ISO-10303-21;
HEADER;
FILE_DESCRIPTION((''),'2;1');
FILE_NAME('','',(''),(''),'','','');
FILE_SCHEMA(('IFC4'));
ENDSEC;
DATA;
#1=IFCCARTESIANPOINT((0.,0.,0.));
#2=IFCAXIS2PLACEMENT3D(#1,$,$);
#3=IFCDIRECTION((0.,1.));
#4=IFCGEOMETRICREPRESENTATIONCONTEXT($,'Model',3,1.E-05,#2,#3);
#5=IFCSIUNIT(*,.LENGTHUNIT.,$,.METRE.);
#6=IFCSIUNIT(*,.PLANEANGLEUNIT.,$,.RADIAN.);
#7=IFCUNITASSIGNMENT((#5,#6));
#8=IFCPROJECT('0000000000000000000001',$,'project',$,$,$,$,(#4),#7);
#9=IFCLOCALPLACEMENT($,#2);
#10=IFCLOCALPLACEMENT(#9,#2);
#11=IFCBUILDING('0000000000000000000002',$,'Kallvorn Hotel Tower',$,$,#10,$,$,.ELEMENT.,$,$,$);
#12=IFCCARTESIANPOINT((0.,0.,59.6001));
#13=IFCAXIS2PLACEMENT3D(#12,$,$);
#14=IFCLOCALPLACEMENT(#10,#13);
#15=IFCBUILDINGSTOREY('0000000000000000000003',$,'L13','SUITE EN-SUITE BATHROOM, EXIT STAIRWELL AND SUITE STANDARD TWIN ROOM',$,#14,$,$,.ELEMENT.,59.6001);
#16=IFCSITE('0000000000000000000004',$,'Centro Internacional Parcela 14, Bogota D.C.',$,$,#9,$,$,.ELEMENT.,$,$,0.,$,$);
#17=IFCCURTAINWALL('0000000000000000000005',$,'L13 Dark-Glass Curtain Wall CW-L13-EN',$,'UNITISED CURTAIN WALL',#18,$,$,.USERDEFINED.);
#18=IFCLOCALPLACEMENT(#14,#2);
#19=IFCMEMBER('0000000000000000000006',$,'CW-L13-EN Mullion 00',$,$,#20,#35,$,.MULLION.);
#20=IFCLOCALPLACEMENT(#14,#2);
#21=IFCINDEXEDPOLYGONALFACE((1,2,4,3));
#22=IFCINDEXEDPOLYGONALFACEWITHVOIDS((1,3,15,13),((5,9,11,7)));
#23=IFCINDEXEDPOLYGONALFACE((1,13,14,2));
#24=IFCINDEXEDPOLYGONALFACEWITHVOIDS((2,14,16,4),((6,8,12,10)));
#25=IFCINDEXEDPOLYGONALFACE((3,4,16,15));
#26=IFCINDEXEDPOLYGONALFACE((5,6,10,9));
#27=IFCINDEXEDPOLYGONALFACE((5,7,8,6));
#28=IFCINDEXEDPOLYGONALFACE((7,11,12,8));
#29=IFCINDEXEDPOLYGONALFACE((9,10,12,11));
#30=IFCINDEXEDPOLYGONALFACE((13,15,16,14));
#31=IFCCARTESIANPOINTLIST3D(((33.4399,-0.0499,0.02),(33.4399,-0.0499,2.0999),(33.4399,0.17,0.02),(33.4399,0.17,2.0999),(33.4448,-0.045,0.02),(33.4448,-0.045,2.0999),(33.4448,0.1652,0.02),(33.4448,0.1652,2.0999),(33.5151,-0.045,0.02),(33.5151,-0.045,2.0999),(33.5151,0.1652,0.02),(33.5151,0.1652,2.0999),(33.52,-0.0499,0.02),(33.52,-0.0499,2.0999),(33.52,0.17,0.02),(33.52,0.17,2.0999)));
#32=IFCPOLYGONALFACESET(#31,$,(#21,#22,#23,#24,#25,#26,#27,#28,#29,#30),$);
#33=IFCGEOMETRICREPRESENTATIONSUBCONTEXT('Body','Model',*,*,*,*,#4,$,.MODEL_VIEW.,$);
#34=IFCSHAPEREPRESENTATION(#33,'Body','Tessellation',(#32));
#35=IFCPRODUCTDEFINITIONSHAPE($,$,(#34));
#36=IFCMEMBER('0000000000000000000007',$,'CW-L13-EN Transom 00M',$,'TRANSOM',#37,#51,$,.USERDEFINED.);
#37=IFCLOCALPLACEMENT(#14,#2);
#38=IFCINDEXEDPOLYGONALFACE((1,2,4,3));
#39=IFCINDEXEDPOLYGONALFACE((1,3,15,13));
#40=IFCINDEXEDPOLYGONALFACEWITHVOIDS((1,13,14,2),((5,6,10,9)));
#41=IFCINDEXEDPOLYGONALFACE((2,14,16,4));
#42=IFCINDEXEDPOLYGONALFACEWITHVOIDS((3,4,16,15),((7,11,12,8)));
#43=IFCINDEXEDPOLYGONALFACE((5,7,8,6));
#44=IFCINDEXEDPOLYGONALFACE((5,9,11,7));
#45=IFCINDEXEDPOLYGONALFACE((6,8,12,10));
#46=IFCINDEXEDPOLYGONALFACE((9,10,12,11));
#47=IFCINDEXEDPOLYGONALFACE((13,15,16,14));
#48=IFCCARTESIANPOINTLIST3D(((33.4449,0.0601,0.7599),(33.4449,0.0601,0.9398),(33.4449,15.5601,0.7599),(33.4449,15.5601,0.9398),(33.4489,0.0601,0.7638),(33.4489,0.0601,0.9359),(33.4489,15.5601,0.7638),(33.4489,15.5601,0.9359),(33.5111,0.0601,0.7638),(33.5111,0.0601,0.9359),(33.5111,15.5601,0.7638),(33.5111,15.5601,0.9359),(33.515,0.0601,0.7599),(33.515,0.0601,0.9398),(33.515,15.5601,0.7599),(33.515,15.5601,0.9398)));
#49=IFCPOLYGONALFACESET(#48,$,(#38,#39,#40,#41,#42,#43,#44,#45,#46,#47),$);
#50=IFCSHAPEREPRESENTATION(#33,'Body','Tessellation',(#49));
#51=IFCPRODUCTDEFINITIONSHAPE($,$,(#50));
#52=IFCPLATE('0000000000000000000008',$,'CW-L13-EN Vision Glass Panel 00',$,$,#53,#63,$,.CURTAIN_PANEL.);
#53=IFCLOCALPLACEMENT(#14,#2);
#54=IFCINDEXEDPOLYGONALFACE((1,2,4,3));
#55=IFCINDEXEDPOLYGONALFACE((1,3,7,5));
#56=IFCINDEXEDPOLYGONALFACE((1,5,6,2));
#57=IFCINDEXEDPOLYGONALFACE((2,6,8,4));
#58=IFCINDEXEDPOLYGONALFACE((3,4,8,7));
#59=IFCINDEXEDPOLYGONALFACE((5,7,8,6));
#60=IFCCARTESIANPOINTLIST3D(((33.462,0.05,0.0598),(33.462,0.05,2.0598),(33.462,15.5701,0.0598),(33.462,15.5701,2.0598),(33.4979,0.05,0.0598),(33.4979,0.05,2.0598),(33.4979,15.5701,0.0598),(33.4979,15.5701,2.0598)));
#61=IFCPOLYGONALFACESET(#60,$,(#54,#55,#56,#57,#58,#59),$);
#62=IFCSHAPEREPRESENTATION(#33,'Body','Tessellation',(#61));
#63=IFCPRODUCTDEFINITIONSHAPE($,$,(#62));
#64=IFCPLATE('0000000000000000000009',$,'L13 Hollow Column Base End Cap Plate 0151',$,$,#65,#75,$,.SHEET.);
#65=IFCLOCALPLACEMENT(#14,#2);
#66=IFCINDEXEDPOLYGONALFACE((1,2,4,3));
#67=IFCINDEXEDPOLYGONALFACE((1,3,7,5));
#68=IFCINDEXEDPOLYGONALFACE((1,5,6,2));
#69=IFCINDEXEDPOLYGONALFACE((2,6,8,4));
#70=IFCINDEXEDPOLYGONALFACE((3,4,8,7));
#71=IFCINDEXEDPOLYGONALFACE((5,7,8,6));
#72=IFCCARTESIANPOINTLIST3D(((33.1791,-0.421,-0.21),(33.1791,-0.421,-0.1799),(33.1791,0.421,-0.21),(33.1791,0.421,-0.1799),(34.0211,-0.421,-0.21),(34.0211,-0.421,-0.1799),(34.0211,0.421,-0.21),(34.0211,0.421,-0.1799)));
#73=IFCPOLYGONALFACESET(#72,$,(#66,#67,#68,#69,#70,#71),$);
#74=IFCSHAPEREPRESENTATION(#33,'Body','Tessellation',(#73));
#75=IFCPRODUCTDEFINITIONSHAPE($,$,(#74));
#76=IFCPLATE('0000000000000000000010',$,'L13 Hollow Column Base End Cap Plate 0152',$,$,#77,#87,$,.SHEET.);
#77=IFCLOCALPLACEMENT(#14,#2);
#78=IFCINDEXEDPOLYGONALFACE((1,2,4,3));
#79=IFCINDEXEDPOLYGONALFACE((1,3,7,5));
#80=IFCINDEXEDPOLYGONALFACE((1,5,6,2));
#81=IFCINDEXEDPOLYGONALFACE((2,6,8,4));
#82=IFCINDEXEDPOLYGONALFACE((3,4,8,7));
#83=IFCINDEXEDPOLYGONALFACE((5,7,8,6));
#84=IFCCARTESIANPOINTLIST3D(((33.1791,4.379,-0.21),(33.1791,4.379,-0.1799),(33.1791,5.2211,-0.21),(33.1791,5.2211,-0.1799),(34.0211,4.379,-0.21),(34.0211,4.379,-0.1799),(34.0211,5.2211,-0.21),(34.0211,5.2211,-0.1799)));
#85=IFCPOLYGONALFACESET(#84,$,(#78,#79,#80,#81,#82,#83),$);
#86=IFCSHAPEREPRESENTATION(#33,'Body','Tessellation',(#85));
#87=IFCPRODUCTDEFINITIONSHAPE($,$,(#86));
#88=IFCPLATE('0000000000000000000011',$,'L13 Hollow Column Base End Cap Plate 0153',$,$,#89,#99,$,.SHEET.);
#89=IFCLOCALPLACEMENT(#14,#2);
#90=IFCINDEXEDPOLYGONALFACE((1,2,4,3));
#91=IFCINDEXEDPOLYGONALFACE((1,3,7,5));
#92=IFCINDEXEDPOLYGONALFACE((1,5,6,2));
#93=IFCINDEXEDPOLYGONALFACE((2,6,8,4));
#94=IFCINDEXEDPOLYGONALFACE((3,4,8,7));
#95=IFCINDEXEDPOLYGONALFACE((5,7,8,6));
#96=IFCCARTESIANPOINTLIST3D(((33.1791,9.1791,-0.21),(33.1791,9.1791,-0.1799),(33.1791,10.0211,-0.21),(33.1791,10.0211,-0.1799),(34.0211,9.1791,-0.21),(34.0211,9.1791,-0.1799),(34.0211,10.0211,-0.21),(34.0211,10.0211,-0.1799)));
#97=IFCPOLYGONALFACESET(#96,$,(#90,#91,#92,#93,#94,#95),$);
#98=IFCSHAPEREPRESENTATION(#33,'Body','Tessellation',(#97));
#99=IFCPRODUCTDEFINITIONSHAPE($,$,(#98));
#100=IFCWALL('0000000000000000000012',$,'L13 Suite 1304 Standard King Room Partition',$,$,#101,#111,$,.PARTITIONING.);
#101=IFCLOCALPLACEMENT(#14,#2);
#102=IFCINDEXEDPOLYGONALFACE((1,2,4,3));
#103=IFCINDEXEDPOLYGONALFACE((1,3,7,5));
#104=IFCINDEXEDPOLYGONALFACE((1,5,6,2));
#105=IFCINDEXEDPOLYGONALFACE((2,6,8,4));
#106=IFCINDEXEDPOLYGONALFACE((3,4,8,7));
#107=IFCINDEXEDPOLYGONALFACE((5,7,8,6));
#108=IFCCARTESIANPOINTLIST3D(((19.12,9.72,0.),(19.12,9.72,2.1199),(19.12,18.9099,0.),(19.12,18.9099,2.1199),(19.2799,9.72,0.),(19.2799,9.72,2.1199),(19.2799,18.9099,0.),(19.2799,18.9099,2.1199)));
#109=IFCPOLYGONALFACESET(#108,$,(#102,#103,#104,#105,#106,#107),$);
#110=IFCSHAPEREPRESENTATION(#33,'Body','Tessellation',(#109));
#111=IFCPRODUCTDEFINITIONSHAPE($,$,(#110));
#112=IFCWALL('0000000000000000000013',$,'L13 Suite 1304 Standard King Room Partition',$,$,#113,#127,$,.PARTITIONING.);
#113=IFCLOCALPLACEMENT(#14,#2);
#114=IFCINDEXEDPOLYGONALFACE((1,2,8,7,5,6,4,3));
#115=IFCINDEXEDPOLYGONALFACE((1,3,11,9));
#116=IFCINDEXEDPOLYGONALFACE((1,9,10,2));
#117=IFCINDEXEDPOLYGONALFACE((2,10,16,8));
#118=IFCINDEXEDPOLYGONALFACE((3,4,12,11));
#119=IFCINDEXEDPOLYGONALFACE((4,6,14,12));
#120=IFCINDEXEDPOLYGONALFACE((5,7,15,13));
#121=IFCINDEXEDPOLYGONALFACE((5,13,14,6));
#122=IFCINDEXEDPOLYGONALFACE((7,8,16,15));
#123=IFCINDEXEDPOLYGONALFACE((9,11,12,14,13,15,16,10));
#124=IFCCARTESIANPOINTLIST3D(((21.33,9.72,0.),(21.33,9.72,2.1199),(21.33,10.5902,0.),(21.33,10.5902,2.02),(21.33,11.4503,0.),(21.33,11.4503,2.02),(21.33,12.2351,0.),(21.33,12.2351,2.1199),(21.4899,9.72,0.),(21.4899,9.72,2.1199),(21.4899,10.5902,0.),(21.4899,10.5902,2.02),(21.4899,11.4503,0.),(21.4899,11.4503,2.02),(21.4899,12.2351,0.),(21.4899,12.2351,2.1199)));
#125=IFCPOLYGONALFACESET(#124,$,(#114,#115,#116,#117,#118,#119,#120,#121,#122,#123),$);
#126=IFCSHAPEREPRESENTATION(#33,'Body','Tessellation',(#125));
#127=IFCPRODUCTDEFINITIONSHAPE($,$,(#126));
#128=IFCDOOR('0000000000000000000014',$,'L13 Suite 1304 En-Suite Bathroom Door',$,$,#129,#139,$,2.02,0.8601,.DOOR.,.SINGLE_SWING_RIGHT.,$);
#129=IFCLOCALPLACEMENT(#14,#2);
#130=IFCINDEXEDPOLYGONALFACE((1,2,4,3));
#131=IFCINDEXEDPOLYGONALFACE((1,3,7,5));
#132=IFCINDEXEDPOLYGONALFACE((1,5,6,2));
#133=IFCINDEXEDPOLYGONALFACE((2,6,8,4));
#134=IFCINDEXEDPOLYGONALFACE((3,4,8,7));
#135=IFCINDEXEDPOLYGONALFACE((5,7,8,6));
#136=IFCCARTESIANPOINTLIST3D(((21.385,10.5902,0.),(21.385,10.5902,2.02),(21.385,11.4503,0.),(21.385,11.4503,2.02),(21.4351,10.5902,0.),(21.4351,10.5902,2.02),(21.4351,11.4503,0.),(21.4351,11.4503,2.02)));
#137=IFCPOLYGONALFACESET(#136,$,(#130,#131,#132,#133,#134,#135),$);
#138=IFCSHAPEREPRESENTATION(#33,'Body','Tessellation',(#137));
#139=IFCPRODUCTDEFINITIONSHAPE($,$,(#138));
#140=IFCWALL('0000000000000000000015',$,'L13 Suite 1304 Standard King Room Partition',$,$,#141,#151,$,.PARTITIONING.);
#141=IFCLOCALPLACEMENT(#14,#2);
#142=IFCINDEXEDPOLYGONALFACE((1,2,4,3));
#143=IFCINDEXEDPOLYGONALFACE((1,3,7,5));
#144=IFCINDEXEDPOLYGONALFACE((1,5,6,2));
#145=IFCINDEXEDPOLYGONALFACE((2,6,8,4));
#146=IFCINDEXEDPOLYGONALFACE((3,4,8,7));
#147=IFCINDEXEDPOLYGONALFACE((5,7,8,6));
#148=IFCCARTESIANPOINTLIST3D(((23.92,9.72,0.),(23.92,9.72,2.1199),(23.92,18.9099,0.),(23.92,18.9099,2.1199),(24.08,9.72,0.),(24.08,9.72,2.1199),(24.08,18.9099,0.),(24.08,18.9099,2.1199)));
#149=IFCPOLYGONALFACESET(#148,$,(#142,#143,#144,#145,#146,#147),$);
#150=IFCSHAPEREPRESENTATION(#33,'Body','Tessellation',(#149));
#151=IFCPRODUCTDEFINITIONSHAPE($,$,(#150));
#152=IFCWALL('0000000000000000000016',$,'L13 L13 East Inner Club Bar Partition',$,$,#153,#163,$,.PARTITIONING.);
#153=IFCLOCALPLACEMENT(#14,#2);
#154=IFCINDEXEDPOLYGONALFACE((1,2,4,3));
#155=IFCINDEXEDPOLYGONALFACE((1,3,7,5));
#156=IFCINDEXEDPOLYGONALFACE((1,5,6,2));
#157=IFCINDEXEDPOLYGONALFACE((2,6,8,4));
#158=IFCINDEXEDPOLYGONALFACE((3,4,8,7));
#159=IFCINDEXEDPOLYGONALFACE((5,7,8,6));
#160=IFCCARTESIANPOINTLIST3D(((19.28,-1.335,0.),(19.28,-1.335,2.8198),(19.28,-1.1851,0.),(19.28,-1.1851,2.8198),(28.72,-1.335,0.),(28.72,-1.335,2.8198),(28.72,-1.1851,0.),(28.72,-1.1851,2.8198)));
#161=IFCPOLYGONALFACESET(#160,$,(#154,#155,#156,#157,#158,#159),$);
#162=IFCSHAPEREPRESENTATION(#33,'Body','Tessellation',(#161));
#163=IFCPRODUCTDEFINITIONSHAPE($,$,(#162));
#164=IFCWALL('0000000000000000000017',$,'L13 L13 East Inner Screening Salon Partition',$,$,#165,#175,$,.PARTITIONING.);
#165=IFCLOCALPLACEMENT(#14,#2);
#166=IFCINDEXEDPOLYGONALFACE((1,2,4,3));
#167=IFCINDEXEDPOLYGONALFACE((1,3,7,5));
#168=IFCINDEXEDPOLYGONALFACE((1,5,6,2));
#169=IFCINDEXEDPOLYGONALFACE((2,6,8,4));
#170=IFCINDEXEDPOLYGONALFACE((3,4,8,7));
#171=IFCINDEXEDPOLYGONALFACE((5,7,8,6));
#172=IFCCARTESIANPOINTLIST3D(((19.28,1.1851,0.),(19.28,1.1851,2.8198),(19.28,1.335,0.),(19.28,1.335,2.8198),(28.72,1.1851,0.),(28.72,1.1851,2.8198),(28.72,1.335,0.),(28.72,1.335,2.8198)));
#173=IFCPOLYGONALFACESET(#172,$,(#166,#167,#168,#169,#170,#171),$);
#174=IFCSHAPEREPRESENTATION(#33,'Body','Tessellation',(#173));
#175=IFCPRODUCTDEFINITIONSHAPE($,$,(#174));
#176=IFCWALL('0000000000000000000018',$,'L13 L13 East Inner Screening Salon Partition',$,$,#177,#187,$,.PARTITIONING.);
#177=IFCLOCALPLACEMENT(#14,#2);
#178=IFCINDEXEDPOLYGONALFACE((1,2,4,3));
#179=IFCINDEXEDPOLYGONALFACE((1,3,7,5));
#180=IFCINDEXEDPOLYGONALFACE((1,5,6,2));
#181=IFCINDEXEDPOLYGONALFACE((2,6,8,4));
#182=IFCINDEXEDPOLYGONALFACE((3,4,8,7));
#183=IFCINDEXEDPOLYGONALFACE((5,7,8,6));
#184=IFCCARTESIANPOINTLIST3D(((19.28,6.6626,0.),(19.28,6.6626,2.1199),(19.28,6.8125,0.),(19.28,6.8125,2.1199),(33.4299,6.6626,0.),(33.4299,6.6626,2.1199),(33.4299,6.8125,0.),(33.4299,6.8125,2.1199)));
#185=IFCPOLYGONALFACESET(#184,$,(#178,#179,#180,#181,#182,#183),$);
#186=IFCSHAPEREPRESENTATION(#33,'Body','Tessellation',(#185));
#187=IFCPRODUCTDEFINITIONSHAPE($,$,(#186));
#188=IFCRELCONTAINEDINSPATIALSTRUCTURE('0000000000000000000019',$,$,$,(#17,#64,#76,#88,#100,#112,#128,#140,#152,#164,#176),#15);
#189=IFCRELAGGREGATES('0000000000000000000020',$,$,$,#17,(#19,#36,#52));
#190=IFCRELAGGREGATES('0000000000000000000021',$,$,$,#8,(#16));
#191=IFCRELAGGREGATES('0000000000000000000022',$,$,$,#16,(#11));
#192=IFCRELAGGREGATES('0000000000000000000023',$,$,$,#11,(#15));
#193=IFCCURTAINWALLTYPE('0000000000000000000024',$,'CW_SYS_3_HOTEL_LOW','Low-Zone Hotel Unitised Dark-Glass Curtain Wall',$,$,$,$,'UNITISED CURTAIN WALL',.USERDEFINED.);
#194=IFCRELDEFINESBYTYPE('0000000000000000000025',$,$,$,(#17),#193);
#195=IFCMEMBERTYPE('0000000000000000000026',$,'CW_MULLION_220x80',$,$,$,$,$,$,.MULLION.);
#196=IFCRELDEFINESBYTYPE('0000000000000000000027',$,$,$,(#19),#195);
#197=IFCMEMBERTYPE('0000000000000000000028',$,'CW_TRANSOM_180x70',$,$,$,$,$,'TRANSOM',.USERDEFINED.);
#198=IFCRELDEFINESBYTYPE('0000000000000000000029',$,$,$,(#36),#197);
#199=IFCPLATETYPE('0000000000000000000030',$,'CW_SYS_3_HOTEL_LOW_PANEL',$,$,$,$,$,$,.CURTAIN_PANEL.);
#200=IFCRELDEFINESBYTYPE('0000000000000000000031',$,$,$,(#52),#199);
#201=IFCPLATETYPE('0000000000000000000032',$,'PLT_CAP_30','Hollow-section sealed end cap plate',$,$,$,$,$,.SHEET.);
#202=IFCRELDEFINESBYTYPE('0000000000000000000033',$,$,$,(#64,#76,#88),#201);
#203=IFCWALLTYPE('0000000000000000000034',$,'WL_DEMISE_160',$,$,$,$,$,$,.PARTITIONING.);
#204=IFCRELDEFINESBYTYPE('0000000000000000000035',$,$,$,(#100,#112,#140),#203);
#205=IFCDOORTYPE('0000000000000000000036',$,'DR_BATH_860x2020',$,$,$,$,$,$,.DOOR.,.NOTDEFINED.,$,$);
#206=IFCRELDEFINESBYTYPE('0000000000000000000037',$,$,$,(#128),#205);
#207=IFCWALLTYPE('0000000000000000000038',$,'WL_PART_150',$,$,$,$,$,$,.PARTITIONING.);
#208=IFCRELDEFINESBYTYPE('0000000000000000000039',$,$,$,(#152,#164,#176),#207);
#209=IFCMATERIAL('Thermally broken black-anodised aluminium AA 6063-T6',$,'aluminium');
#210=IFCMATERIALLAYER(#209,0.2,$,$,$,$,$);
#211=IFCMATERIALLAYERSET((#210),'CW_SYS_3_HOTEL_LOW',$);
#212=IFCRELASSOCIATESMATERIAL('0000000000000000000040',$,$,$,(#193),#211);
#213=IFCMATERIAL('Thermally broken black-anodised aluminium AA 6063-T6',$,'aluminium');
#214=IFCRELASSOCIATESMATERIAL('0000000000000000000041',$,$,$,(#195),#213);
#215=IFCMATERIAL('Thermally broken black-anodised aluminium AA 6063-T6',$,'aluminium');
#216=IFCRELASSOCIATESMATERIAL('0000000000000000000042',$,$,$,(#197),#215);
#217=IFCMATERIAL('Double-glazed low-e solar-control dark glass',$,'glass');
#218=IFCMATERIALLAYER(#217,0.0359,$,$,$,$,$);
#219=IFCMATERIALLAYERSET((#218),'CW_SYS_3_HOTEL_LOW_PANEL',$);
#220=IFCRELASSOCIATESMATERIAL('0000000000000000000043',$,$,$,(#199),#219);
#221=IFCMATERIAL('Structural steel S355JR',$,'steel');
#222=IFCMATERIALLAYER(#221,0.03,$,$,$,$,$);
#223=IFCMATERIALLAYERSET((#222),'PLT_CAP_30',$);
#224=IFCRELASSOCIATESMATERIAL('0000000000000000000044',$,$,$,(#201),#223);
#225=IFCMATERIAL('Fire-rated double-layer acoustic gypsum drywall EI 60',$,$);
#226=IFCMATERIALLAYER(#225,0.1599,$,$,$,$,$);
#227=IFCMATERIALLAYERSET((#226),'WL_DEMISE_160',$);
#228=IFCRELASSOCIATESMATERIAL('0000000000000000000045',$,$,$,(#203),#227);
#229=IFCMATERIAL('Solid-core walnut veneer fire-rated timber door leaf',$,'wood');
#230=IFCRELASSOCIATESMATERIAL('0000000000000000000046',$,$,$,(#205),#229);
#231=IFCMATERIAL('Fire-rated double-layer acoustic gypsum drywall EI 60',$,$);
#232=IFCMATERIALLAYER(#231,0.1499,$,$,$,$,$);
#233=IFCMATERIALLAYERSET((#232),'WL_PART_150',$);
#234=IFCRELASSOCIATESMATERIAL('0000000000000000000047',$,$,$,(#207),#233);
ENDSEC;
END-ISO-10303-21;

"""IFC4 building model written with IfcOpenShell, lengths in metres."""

from ifc_helpers import new_model, si_unit, direction, frame, frame_2d, origin, origin_2d, place, context, subcontext, project, spatial, rectangle, hollow_rectangle, extrude, material, layer, layer_set, material_profile, profile_set, type_object, element, fill, aggregate, save


model = new_model("IFC4")

# Units and contexts
model_context = context("Model", 3, precision=1e-05, world=origin(), true_north=direction((0.0, 1.0)))
body_context = subcontext(model_context, "Body", "Model", "MODEL_VIEW")
ifc_project = project(units=[si_unit("LENGTHUNIT", "METRE"), si_unit("PLANEANGLEUNIT", "RADIAN")], contexts=[model_context])

# Site, building, storey
site_placement = place(None, origin())
site = spatial("IfcSite", under=ifc_project, at=site_placement, Name="Centro Internacional Parcela 14, Bogota D.C.", CompositionType="ELEMENT", RefElevation=0.0)
building_placement = place(site_placement, origin())
building = spatial("IfcBuilding", under=site, at=building_placement, Name="Kallvorn Hotel Tower", CompositionType="ELEMENT")
storey_placement = place(building_placement, frame((0.0, 0.0, 59.6001)))
storey = spatial("IfcBuildingStorey", under=building, at=storey_placement, Name="L13", Description="SUITE EN-SUITE BATHROOM, EXIT STAIRWELL AND SUITE STANDARD TWIN ROOM", CompositionType="ELEMENT", Elevation=59.6001)

# Curtain wall, members, plate
ifc_material_1 = material(Name="Thermally broken black-anodised aluminium AA 6063-T6", Category="aluminium")
ifc_layer_1 = layer(ifc_material_1, 0.2)
ifc_layer_set_1 = layer_set([ifc_layer_1], Name="CW_SYS_3_HOTEL_LOW")
curtain_wall_type = type_object("IfcCurtainWallType", Name="CW_SYS_3_HOTEL_LOW", Description="Low-Zone Hotel Unitised Dark-Glass Curtain Wall", ElementType="UNITISED CURTAIN WALL", PredefinedType="USERDEFINED", material=ifc_layer_set_1)
curtain_wall_placement = place(storey_placement, origin())
curtain_wall = element("IfcCurtainWall", 1, at=curtain_wall_placement, inside=storey, type_object=curtain_wall_type, Name="L13 Dark-Glass Curtain Wall CW-L13-EN", ObjectType="UNITISED CURTAIN WALL", PredefinedType="USERDEFINED")
ifc_material_2 = material(Name="Thermally broken black-anodised aluminium AA 6063-T6", Category="aluminium")
ifc_material_profile_1 = material_profile(ifc_material_2, hollow_rectangle(XDim=0.0801, YDim=0.22, WallThickness=0.0049, at=origin_2d()), Name="MUL 220x80")
ifc_profile_set_1 = profile_set([ifc_material_profile_1], Name="Thermally broken black-anodised aluminium AA 6063-T6")
member_type_1 = type_object("IfcMemberType", Name="CW_MULLION_220x80", PredefinedType="MULLION", material=ifc_profile_set_1)
member_1_placement = place(storey_placement, frame((33.48, 0.0601, 0.02), z_axis=(0.0, 0.0, 1.0), x_axis=(1.0, 0.0, 0.0)))
member_1 = element("IfcMember", 2, at=member_1_placement, type_object=member_type_1, Name="CW-L13-EN Mullion 00", PredefinedType="MULLION", context=body_context, shape_type="SweptSolid", body=[
    extrude(hollow_rectangle(XDim=0.0801, YDim=0.22, WallThickness=0.0049, at=origin_2d()), origin(), (0.0, 0.0, 1.0), 2.0798),
])
ifc_material_3 = material(Name="Thermally broken black-anodised aluminium AA 6063-T6", Category="aluminium")
ifc_material_profile_2 = material_profile(ifc_material_3, hollow_rectangle(XDim=0.0701, YDim=0.1799, WallThickness=0.0039, at=origin_2d()), Name="TRN 180x70")
ifc_profile_set_2 = profile_set([ifc_material_profile_2], Name="Thermally broken black-anodised aluminium AA 6063-T6")
member_type_2 = type_object("IfcMemberType", Name="CW_TRANSOM_180x70", ElementType="TRANSOM", PredefinedType="USERDEFINED", material=ifc_profile_set_2)
member_2_placement = place(storey_placement, frame((33.48, 0.0601, 0.8499), z_axis=(0.0, 1.0, 0.0), x_axis=(-1.0, 0.0, 0.0)))
member_2 = element("IfcMember", 3, at=member_2_placement, type_object=member_type_2, Name="CW-L13-EN Transom 00M", ObjectType="TRANSOM", PredefinedType="USERDEFINED", context=body_context, shape_type="SweptSolid", body=[
    extrude(hollow_rectangle(XDim=0.0701, YDim=0.1799, WallThickness=0.0039, at=origin_2d()), origin(), (0.0, 0.0, 1.0), 15.5),
])
ifc_material_4 = material(Name="Double-glazed low-e solar-control dark glass", Category="glass")
ifc_layer_2 = layer(ifc_material_4, 0.0359)
ifc_layer_set_2 = layer_set([ifc_layer_2], Name="CW_SYS_3_HOTEL_LOW_PANEL")
plate_type_1 = type_object("IfcPlateType", Name="CW_SYS_3_HOTEL_LOW_PANEL", PredefinedType="CURTAIN_PANEL", material=ifc_layer_set_2)
plate_placement = place(storey_placement, frame((33.48, 7.8101, 0.0598), z_axis=(0.0, 0.0, 1.0), x_axis=(0.0, 1.0, 0.0)))
plate = element("IfcPlate", 4, at=plate_placement, type_object=plate_type_1, Name="CW-L13-EN Vision Glass Panel 00", PredefinedType="CURTAIN_PANEL", context=body_context, shape_type="SweptSolid", body=[
    extrude(rectangle(XDim=15.52, YDim=0.0359, at=origin_2d()), origin(), (0.0, 0.0, 1.0), 2.0),
])
aggregate(curtain_wall, [member_1, member_2, plate])

# Plates
ifc_material_5 = material(Name="Structural steel S355JR", Category="steel")
ifc_layer_3 = layer(ifc_material_5, 0.03)
ifc_layer_set_3 = layer_set([ifc_layer_3], Name="PLT_CAP_30")
plate_type_2 = type_object("IfcPlateType", Name="PLT_CAP_30", Description="Hollow-section sealed end cap plate", PredefinedType="SHEET", material=ifc_layer_set_3)
for number, where, z_axis, x_axis, name in (
    (5, (33.6001, 0.0, -0.21), (0.0, 0.0, 1.0), (1.0, 0.0, 0.0), "L13 Hollow Column Base End Cap Plate 0151"),
    (6, (33.6001, 4.8, -0.21), (0.0, 0.0, 1.0), (1.0, 0.0, 0.0), "L13 Hollow Column Base End Cap Plate 0152"),
    (7, (33.6001, 9.6001, -0.21), (0.0, 0.0, 1.0), (1.0, 0.0, 0.0), "L13 Hollow Column Base End Cap Plate 0153"),
):
    element("IfcPlate", number, at=place(storey_placement, frame(where, z_axis=z_axis, x_axis=x_axis)), inside=storey, type_object=plate_type_2, Name=name, PredefinedType="SHEET", context=body_context, shape_type="SweptSolid", body=[
        extrude(rectangle(XDim=0.842, YDim=0.842, at=origin_2d()), origin(), (0.0, 0.0, 1.0), 0.03),
    ])

# Wall
ifc_material_6 = material(Name="Fire-rated double-layer acoustic gypsum drywall EI 60")
ifc_layer_4 = layer(ifc_material_6, 0.1599)
ifc_layer_set_4 = layer_set([ifc_layer_4], Name="WL_DEMISE_160")
wall_type_1 = type_object("IfcWallType", Name="WL_DEMISE_160", PredefinedType="PARTITIONING", material=ifc_layer_set_4)
wall_1_placement = place(storey_placement, frame((19.2, 9.72, 0.0), z_axis=(0.0, 0.0, 1.0), x_axis=(0.0, 1.0, 0.0)))
element("IfcWall", 8, at=wall_1_placement, inside=storey, type_object=wall_type_1, Name="L13 Suite 1304 Standard King Room Partition", PredefinedType="PARTITIONING", context=body_context, shape_type="SweptSolid", body=[
    extrude(rectangle(XDim=9.1899, YDim=0.1599, at=frame_2d((4.595, 0.0))), origin(), (0.0, 0.0, 1.0), 2.1199),
])

# Wall, opening, door
wall_2_placement = place(storey_placement, frame((21.4099, 9.72, 0.0), z_axis=(0.0, 0.0, 1.0), x_axis=(0.0, 1.0, 0.0)))
wall_2 = element("IfcWall", 9, at=wall_2_placement, inside=storey, type_object=wall_type_1, Name="L13 Suite 1304 Standard King Room Partition", PredefinedType="PARTITIONING", context=body_context, shape_type="SweptSolid", body=[
    extrude(rectangle(XDim=2.5151, YDim=0.1599, at=frame_2d((1.2576, 0.0))), origin(), (0.0, 0.0, 1.0), 2.1199),
])
opening_placement = place(wall_2_placement, frame((0.8701, 0.0, 0.0)))
opening = element("IfcOpeningElement", 10, at=opening_placement, cuts=wall_2, PredefinedType="OPENING", context=body_context, shape_type="SweptSolid", body=[
    extrude(rectangle(XDim=0.8601, YDim=2.02, at=frame_2d((0.4302, 1.01))), frame((0.0, 0.095, 0.0), z_axis=(0.0, -1.0, 0.0), x_axis=(1.0, 0.0, 0.0)), (0.0, 0.0, 1.0), 0.1899),
])
ifc_material_7 = material(Name="Solid-core walnut veneer fire-rated timber door leaf", Category="wood")
door_type = type_object("IfcDoorType", Name="DR_BATH_860x2020", OperationType="NOTDEFINED", PredefinedType="DOOR", material=ifc_material_7)
door_placement = place(opening_placement, origin())
door = element("IfcDoor", 11, at=door_placement, inside=storey, type_object=door_type, Name="L13 Suite 1304 En-Suite Bathroom Door", OperationType="SINGLE_SWING_RIGHT", OverallHeight=2.02, OverallWidth=0.8601, PredefinedType="DOOR", context=body_context, shape_type="SweptSolid", body=[
    extrude(rectangle(XDim=0.8601, YDim=2.02, at=frame_2d((0.4302, 1.01))), frame((0.0, 0.0249, 0.0), z_axis=(0.0, -1.0, 0.0), x_axis=(1.0, 0.0, 0.0)), (0.0, 0.0, 1.0), 0.05),
])
fill(opening, door)

# Walls
wall_3_placement = place(storey_placement, frame((24.0, 9.72, 0.0), z_axis=(0.0, 0.0, 1.0), x_axis=(0.0, 1.0, 0.0)))
element("IfcWall", 12, at=wall_3_placement, inside=storey, type_object=wall_type_1, Name="L13 Suite 1304 Standard King Room Partition", PredefinedType="PARTITIONING", context=body_context, shape_type="SweptSolid", body=[
    extrude(rectangle(XDim=9.1899, YDim=0.1599, at=frame_2d((4.595, 0.0))), origin(), (0.0, 0.0, 1.0), 2.1199),
])
ifc_material_8 = material(Name="Fire-rated double-layer acoustic gypsum drywall EI 60")
ifc_layer_5 = layer(ifc_material_8, 0.1499)
ifc_layer_set_5 = layer_set([ifc_layer_5], Name="WL_PART_150")
wall_type_2 = type_object("IfcWallType", Name="WL_PART_150", PredefinedType="PARTITIONING", material=ifc_layer_set_5)
for number, where, z_axis, x_axis, name in (
    (13, (19.28, -1.26, 0.0), (0.0, 0.0, 1.0), (1.0, 0.0, 0.0), "L13 L13 East Inner Club Bar Partition"),
    (14, (19.28, 1.26, 0.0), (0.0, 0.0, 1.0), (1.0, 0.0, 0.0), "L13 L13 East Inner Screening Salon Partition"),
):
    element("IfcWall", number, at=place(storey_placement, frame(where, z_axis=z_axis, x_axis=x_axis)), inside=storey, type_object=wall_type_2, Name=name, PredefinedType="PARTITIONING", context=body_context, shape_type="SweptSolid", body=[
        extrude(rectangle(XDim=9.4399, YDim=0.1499, at=frame_2d((4.72, 0.0))), origin(), (0.0, 0.0, 1.0), 2.8198),
    ])
wall_4_placement = place(storey_placement, frame((19.28, 6.7375, 0.0), z_axis=(0.0, 0.0, 1.0), x_axis=(1.0, 0.0, 0.0)))
element("IfcWall", 15, at=wall_4_placement, inside=storey, type_object=wall_type_2, Name="L13 L13 East Inner Screening Salon Partition", PredefinedType="PARTITIONING", context=body_context, shape_type="SweptSolid", body=[
    extrude(rectangle(XDim=14.1499, YDim=0.1499, at=frame_2d((7.075, 0.0))), origin(), (0.0, 0.0, 1.0), 2.1199),
])

save(model, "model.ifc")
